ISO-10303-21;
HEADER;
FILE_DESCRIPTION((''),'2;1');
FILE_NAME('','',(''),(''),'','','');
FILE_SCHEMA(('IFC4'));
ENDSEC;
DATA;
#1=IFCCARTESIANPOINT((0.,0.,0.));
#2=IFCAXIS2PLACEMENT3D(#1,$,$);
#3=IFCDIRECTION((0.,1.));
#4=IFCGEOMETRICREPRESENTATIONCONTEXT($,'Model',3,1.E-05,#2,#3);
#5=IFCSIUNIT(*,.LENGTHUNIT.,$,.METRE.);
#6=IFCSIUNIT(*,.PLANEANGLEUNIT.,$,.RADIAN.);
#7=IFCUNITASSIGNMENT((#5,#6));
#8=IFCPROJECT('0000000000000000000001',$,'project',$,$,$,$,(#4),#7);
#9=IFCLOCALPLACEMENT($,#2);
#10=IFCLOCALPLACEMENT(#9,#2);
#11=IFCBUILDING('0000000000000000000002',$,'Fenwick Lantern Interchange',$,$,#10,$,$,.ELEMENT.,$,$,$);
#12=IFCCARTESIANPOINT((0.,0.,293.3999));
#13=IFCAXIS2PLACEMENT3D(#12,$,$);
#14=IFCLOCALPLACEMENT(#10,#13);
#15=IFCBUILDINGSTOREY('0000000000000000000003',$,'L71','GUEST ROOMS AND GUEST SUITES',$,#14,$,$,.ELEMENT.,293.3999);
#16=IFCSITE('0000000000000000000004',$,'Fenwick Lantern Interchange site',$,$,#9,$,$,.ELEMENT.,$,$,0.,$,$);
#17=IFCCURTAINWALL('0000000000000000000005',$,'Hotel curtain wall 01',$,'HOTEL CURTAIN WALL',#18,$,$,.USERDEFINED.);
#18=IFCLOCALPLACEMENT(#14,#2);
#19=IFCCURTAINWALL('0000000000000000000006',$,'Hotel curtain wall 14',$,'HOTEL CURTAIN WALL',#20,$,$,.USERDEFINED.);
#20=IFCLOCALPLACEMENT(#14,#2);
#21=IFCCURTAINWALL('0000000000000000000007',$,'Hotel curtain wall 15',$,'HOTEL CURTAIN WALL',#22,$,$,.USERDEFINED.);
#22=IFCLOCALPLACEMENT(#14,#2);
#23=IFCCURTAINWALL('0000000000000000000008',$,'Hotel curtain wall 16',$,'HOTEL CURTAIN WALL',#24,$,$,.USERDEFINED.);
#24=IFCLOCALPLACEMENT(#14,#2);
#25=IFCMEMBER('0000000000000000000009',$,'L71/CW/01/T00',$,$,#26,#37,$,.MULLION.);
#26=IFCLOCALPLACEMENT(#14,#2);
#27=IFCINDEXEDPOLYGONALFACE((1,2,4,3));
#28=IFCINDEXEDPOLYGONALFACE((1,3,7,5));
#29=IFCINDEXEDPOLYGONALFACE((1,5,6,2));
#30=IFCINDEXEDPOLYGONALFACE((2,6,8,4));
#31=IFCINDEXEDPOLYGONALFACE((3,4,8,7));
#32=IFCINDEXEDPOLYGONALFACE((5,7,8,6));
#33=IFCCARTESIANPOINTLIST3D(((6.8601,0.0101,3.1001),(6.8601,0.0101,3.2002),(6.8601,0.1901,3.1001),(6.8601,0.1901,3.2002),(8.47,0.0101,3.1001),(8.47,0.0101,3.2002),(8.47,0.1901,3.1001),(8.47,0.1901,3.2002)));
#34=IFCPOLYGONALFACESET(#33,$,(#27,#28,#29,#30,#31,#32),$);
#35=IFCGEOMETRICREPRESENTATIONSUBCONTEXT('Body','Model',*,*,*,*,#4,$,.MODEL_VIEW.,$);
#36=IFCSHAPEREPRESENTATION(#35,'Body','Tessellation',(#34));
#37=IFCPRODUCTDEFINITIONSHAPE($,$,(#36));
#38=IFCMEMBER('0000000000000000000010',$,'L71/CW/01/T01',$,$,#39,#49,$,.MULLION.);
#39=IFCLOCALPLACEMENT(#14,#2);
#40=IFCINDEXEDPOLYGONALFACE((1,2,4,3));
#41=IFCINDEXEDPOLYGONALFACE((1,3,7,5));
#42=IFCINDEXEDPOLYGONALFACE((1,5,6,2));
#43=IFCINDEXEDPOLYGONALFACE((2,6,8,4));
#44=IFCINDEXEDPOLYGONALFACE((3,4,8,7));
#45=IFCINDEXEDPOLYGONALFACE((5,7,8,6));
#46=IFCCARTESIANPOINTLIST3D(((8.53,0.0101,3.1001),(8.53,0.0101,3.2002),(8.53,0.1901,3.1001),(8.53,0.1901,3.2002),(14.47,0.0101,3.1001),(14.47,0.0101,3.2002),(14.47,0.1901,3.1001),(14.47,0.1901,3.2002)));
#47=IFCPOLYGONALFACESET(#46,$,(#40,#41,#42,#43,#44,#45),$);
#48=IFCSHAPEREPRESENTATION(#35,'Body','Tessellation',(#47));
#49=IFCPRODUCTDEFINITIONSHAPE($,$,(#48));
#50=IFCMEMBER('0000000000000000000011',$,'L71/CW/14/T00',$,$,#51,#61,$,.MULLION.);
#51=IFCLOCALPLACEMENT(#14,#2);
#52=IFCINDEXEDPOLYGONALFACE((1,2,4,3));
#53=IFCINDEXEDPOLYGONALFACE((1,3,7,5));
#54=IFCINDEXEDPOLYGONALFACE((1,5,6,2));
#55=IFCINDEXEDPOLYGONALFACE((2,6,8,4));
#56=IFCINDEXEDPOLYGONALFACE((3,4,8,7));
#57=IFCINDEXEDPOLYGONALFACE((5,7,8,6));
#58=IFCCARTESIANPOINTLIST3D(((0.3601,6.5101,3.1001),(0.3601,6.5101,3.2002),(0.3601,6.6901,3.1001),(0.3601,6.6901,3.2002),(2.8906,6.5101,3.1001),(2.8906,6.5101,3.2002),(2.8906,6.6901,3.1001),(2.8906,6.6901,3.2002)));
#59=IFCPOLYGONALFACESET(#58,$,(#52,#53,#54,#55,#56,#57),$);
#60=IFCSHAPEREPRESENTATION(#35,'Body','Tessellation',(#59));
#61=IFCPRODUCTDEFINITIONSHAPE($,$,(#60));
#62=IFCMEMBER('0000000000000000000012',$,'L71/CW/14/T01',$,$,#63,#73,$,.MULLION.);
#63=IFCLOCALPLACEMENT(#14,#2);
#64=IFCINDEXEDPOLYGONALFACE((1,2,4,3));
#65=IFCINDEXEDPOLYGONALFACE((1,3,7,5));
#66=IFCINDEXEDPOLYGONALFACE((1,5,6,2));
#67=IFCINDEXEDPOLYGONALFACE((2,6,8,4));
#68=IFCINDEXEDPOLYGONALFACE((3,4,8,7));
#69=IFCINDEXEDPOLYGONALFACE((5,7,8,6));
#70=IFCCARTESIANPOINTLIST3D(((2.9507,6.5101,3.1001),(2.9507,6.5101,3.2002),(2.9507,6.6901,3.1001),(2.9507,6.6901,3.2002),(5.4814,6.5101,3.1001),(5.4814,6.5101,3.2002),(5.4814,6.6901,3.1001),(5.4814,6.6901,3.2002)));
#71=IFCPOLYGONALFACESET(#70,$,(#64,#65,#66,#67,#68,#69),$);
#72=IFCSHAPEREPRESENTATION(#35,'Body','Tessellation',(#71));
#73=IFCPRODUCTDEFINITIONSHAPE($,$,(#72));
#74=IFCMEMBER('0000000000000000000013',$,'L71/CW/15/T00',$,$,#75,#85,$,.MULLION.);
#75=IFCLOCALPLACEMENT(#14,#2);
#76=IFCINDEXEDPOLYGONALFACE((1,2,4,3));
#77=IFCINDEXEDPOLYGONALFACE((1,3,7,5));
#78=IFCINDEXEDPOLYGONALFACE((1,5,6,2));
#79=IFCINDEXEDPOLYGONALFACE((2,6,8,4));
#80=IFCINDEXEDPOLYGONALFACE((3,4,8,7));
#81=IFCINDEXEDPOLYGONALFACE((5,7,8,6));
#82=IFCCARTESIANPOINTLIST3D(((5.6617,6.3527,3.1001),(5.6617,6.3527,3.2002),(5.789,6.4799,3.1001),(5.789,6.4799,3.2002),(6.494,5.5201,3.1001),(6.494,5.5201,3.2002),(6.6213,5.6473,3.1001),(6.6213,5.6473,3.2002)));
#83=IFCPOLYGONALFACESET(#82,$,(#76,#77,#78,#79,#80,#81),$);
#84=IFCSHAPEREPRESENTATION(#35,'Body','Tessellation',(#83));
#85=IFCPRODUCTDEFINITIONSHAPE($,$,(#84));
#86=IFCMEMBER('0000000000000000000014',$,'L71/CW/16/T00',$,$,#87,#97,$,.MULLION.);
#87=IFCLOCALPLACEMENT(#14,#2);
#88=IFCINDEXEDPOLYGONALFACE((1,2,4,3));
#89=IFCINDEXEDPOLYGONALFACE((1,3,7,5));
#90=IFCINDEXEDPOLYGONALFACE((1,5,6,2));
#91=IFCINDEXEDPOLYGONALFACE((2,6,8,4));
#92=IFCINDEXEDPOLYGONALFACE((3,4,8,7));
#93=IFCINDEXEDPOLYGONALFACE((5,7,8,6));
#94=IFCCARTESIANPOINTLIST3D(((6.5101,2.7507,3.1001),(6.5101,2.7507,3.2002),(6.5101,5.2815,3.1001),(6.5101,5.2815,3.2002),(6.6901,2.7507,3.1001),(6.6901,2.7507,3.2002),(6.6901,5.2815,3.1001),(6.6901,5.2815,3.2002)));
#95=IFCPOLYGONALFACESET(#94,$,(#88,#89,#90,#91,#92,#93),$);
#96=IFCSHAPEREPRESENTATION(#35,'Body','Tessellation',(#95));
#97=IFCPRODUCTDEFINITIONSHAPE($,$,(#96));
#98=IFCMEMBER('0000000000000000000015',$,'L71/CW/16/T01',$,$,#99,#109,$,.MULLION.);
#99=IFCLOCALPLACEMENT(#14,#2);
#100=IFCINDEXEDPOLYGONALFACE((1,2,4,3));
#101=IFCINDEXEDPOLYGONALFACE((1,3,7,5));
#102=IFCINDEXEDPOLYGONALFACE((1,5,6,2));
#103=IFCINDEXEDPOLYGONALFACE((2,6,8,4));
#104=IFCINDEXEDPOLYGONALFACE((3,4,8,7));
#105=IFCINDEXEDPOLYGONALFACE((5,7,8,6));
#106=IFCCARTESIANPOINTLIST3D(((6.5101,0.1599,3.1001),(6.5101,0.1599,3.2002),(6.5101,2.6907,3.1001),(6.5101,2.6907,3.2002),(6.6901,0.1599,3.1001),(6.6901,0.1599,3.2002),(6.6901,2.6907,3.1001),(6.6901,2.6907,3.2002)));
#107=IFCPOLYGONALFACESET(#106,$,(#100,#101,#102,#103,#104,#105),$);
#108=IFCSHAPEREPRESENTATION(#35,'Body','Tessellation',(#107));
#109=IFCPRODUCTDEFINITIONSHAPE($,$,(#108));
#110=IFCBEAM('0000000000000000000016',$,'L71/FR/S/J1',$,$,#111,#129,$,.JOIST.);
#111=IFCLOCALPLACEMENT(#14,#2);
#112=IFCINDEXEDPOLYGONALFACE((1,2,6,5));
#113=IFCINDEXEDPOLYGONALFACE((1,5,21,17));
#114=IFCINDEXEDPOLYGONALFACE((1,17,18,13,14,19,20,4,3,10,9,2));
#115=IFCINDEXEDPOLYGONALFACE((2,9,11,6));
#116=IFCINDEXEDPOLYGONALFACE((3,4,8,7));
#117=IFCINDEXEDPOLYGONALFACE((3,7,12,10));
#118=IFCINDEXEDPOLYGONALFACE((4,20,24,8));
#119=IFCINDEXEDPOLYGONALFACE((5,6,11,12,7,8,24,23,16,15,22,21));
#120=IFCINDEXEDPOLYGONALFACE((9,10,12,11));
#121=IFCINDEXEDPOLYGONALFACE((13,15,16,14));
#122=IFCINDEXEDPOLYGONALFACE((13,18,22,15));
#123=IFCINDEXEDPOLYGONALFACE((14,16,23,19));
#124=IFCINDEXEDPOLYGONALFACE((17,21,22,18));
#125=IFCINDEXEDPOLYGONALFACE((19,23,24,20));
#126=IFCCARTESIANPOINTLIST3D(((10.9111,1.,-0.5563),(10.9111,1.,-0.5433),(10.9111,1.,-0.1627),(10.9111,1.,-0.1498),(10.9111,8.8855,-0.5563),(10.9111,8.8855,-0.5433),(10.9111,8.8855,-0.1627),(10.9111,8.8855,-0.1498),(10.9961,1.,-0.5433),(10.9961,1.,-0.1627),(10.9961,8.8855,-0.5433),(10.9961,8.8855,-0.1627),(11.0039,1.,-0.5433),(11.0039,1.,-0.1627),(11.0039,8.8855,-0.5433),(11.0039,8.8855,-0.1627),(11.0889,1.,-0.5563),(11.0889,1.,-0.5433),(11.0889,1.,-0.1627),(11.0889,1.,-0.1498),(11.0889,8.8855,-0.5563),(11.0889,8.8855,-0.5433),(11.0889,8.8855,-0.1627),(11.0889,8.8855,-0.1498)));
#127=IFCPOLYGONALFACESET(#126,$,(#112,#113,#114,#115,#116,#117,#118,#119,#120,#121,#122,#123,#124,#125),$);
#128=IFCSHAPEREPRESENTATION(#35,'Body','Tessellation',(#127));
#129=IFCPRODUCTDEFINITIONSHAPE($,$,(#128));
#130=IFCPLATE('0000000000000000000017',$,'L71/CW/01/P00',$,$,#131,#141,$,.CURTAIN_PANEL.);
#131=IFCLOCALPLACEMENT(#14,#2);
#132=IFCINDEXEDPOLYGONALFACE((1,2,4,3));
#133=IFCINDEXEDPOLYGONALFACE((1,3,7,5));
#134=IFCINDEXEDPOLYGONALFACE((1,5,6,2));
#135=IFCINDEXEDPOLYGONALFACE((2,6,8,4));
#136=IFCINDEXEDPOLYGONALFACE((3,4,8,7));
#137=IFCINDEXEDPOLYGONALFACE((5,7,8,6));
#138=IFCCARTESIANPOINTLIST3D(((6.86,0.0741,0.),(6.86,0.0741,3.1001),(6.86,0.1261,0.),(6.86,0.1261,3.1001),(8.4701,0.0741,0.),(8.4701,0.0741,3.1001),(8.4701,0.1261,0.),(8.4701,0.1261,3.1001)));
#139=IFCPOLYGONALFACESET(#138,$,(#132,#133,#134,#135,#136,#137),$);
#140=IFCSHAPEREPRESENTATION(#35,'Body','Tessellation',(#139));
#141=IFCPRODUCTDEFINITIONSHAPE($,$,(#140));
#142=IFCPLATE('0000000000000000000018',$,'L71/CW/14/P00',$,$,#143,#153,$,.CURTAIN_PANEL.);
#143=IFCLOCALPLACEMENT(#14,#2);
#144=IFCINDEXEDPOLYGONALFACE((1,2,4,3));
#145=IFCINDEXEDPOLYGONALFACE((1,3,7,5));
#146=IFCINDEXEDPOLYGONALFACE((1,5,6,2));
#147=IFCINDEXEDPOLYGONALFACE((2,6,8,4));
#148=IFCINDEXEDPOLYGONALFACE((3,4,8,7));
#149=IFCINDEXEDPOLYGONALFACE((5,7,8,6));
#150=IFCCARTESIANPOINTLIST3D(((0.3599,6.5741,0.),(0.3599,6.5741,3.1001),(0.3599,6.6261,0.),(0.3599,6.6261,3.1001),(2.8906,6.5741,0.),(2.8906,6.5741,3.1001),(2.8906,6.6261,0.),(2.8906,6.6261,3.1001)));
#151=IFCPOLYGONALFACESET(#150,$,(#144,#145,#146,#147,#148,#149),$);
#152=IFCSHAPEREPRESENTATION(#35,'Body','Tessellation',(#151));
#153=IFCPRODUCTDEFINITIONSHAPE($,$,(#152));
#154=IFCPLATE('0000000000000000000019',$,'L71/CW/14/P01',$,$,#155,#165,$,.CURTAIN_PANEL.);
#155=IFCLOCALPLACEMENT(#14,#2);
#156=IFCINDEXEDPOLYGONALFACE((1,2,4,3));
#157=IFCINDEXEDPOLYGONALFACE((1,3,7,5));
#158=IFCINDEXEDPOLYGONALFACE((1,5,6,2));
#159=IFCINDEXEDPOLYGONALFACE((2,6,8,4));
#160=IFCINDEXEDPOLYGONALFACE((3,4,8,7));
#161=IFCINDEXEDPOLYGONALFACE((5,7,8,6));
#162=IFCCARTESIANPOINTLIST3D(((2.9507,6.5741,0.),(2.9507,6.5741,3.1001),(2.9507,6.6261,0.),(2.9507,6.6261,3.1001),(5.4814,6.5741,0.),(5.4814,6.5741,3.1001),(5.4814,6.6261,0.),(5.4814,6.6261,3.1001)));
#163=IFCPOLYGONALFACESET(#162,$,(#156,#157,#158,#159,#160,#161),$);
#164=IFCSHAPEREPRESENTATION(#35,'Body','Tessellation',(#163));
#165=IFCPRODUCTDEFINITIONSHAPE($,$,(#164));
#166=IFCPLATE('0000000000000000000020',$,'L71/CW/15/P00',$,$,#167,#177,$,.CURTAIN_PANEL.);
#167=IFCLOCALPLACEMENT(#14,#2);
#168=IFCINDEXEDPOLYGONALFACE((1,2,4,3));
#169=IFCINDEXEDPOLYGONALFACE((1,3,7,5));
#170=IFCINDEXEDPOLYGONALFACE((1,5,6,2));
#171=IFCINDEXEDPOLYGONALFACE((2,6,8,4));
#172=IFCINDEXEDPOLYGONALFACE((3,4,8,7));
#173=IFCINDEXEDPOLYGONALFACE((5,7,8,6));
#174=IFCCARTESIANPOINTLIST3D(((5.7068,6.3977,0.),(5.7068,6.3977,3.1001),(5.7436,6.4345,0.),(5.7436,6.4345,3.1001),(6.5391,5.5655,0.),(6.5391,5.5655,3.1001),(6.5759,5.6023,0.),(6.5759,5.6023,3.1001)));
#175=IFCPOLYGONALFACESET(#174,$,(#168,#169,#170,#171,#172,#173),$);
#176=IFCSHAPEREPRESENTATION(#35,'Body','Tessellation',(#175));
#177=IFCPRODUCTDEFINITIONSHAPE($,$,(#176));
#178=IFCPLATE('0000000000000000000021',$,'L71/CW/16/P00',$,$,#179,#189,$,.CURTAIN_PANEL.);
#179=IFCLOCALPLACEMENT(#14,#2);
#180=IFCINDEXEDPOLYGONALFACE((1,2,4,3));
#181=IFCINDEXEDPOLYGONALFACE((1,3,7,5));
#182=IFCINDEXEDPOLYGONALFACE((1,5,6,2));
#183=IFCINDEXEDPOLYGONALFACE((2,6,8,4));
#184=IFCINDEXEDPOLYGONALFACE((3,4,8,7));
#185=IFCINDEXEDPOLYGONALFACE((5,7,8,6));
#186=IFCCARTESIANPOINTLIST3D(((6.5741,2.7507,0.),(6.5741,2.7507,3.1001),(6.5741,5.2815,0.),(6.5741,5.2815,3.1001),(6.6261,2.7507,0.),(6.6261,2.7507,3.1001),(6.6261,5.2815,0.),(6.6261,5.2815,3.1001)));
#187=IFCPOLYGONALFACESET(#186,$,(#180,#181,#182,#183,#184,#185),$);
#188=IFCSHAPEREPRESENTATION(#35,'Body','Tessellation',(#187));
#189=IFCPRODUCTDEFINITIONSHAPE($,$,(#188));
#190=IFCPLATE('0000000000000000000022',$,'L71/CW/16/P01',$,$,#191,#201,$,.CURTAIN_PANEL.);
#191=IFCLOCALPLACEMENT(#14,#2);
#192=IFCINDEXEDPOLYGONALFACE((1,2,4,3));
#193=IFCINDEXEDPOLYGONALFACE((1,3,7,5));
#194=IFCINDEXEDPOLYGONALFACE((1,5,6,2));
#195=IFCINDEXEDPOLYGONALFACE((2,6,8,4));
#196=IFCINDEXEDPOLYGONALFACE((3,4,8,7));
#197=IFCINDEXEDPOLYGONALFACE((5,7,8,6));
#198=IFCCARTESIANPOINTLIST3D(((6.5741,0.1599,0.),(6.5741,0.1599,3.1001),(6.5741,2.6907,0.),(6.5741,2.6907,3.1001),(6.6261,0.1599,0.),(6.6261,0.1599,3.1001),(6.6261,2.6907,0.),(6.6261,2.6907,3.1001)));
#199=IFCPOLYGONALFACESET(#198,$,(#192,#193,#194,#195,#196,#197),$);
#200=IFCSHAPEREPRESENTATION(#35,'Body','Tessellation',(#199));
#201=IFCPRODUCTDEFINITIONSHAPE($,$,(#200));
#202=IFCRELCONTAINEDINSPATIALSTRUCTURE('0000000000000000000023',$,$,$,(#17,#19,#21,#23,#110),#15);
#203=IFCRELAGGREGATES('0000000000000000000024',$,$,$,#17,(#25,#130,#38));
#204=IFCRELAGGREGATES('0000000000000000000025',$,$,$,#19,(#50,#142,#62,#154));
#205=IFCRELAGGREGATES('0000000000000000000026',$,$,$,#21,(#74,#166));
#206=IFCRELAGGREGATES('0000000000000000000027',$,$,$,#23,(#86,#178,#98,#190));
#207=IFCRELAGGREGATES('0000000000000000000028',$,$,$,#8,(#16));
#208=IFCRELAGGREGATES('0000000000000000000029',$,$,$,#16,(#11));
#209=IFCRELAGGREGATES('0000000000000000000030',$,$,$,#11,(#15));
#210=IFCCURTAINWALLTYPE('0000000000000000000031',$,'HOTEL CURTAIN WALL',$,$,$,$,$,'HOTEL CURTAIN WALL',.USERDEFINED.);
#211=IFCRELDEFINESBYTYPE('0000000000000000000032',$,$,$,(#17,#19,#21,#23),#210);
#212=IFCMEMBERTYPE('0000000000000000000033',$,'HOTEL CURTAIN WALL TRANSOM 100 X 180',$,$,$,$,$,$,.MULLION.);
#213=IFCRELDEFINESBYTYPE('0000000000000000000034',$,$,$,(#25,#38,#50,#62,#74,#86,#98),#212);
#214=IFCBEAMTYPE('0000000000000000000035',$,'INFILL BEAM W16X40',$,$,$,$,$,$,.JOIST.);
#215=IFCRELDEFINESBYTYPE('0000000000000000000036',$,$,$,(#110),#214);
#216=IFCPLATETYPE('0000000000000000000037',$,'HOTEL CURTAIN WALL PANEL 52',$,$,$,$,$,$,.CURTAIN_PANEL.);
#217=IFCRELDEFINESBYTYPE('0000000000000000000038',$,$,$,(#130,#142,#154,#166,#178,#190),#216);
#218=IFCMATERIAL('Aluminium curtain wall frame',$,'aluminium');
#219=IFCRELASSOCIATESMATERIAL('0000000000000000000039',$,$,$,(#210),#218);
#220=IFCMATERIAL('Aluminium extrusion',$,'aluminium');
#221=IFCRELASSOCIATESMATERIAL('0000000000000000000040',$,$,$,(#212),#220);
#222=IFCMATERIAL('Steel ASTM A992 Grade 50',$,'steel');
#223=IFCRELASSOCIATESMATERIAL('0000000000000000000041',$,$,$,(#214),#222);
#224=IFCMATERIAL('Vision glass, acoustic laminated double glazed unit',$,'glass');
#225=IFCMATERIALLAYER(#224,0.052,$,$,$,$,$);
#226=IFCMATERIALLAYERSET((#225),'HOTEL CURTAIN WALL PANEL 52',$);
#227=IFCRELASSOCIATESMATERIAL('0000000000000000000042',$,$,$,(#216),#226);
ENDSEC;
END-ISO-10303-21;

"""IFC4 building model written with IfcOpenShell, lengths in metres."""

from ifc_helpers import new_model, si_unit, direction, frame, origin, origin_2d, place, context, subcontext, project, spatial, rectangle, i_section, extrude, material, layer, layer_set, material_profile, profile_set, type_object, element, aggregate, save


model = new_model("IFC4")

# Units and contexts
model_context = context("Model", 3, precision=1e-05, world=origin(), true_north=direction((0.0, 1.0)))
body_context = subcontext(model_context, "Body", "Model", "MODEL_VIEW")
ifc_project = project(units=[si_unit("LENGTHUNIT", "METRE"), si_unit("PLANEANGLEUNIT", "RADIAN")], contexts=[model_context])

# Site, building, storey
site_placement = place(None, origin())
site = spatial("IfcSite", under=ifc_project, at=site_placement, Name="Fenwick Lantern Interchange site", CompositionType="ELEMENT", RefElevation=0.0)
building_placement = place(site_placement, origin())
building = spatial("IfcBuilding", under=site, at=building_placement, Name="Fenwick Lantern Interchange", CompositionType="ELEMENT")
storey_placement = place(building_placement, frame((0.0, 0.0, 293.3999)))
storey = spatial("IfcBuildingStorey", under=building, at=storey_placement, Name="L71", Description="GUEST ROOMS AND GUEST SUITES", CompositionType="ELEMENT", Elevation=293.3999)

# Shared definitions
ifc_material_1 = material(Name="Steel ASTM A992 Grade 50", Category="steel")

# Curtain wall
ifc_material_2 = material(Name="Aluminium curtain wall frame", Category="aluminium")
curtain_wall_type = type_object("IfcCurtainWallType", Name="HOTEL CURTAIN WALL", ElementType="HOTEL CURTAIN WALL", PredefinedType="USERDEFINED", material=ifc_material_2)
curtain_wall_1_placement = place(storey_placement, origin())
curtain_wall_1 = element("IfcCurtainWall", 1, at=curtain_wall_1_placement, inside=storey, type_object=curtain_wall_type, Name="Hotel curtain wall 01", ObjectType="HOTEL CURTAIN WALL", PredefinedType="USERDEFINED")
ifc_material_3 = material(Name="Aluminium extrusion", Category="aluminium")

# Curtain walls
curtain_wall_2_placement = place(storey_placement, origin())
curtain_wall_2 = element("IfcCurtainWall", 2, at=curtain_wall_2_placement, inside=storey, type_object=curtain_wall_type, Name="Hotel curtain wall 14", ObjectType="HOTEL CURTAIN WALL", PredefinedType="USERDEFINED")
curtain_wall_3_placement = place(storey_placement, origin())
curtain_wall_3 = element("IfcCurtainWall", 3, at=curtain_wall_3_placement, inside=storey, type_object=curtain_wall_type, Name="Hotel curtain wall 15", ObjectType="HOTEL CURTAIN WALL", PredefinedType="USERDEFINED")
curtain_wall_4_placement = place(storey_placement, origin())
curtain_wall_4 = element("IfcCurtainWall", 4, at=curtain_wall_4_placement, inside=storey, type_object=curtain_wall_type, Name="Hotel curtain wall 16", ObjectType="HOTEL CURTAIN WALL", PredefinedType="USERDEFINED")

# Members
ifc_material_profile_1 = material_profile(ifc_material_3, rectangle(XDim=0.1799, YDim=0.1001, at=origin_2d()), Name="HOTEL CURTAIN WALL TRANSOM 100 X 180")
ifc_profile_set_1 = profile_set([ifc_material_profile_1], Name="Aluminium extrusion")
member_type_1 = type_object("IfcMemberType", Name="HOTEL CURTAIN WALL TRANSOM 100 X 180", PredefinedType="MULLION", material=ifc_profile_set_1)
member_1_placement = place(storey_placement, frame((6.8601, 0.1001, 3.1501), z_axis=(1.0, 0.0, 0.0), x_axis=(0.0, 1.0, 0.0)))
member_1 = element("IfcMember", 5, at=member_1_placement, type_object=member_type_1, Name="L71/CW/01/T00", PredefinedType="MULLION", context=body_context, shape_type="SweptSolid", body=[
    extrude(rectangle(XDim=0.1799, YDim=0.1001, at=origin_2d()), origin(), (0.0, 0.0, 1.0), 1.6099),
])
member_2_placement = place(storey_placement, frame((8.53, 0.1001, 3.1501), z_axis=(1.0, 0.0, 0.0), x_axis=(0.0, 1.0, 0.0)))
member_2 = element("IfcMember", 6, at=member_2_placement, type_object=member_type_1, Name="L71/CW/01/T01", PredefinedType="MULLION", context=body_context, shape_type="SweptSolid", body=[
    extrude(rectangle(XDim=0.1799, YDim=0.1001, at=origin_2d()), origin(), (0.0, 0.0, 1.0), 5.9399),
])
member_3_placement = place(storey_placement, frame((0.3601, 6.6001, 3.1501), z_axis=(1.0, 0.0, 0.0), x_axis=(0.0, 1.0, 0.0)))
member_3 = element("IfcMember", 7, at=member_3_placement, type_object=member_type_1, Name="L71/CW/14/T00", PredefinedType="MULLION", context=body_context, shape_type="SweptSolid", body=[
    extrude(rectangle(XDim=0.1799, YDim=0.1001, at=origin_2d()), origin(), (0.0, 0.0, 1.0), 2.5305),
])
member_4_placement = place(storey_placement, frame((2.9507, 6.6001, 3.1501), z_axis=(1.0, 0.0, 0.0), x_axis=(0.0, 1.0, 0.0)))
member_4 = element("IfcMember", 8, at=member_4_placement, type_object=member_type_1, Name="L71/CW/14/T01", PredefinedType="MULLION", context=body_context, shape_type="SweptSolid", body=[
    extrude(rectangle(XDim=0.1799, YDim=0.1001, at=origin_2d()), origin(), (0.0, 0.0, 1.0), 2.5308),
])
member_5_placement = place(storey_placement, frame((5.7253, 6.4163, 3.1501), z_axis=(0.707003, -0.70721, 0.0), x_axis=(0.70721, 0.707003, 0.0)))
member_5 = element("IfcMember", 9, at=member_5_placement, type_object=member_type_1, Name="L71/CW/15/T00", PredefinedType="MULLION", context=body_context, shape_type="SweptSolid", body=[
    extrude(rectangle(XDim=0.1799, YDim=0.1001, at=origin_2d()), origin(), (0.0, 0.0, 1.0), 1.1772),
])
member_6_placement = place(storey_placement, frame((6.6001, 5.2815, 3.1501), z_axis=(0.0, -1.0, 0.0), x_axis=(1.0, 0.0, 0.0)))
member_6 = element("IfcMember", 10, at=member_6_placement, type_object=member_type_1, Name="L71/CW/16/T00", PredefinedType="MULLION", context=body_context, shape_type="SweptSolid", body=[
    extrude(rectangle(XDim=0.1799, YDim=0.1001, at=origin_2d()), origin(), (0.0, 0.0, 1.0), 2.5308),
])
member_7_placement = place(storey_placement, frame((6.6001, 2.6907, 3.1501), z_axis=(0.0, -1.0, 0.0), x_axis=(1.0, 0.0, 0.0)))
member_7 = element("IfcMember", 11, at=member_7_placement, type_object=member_type_1, Name="L71/CW/16/T01", PredefinedType="MULLION", context=body_context, shape_type="SweptSolid", body=[
    extrude(rectangle(XDim=0.1799, YDim=0.1001, at=origin_2d()), origin(), (0.0, 0.0, 1.0), 2.5308),
])

# Beam
ifc_material_profile_2 = material_profile(ifc_material_1, i_section(OverallWidth=0.1777, OverallDepth=0.4065, WebThickness=0.0078, FlangeThickness=0.0129, at=origin_2d()), Name="W16X40")
ifc_profile_set_2 = profile_set([ifc_material_profile_2], Name="Steel ASTM A992 Grade 50")
beam_type_1 = type_object("IfcBeamType", Name="INFILL BEAM W16X40", PredefinedType="JOIST", material=ifc_profile_set_2)
beam_1_placement = place(storey_placement, frame((11.0, 1.0, -0.353), z_axis=(0.0, 1.0, 0.0), x_axis=(-1.0, 0.0, 0.0)))
element("IfcBeam", 12, at=beam_1_placement, inside=storey, type_object=beam_type_1, Name="L71/FR/S/J1", PredefinedType="JOIST", context=body_context, shape_type="SweptSolid", body=[
    extrude(i_section(OverallWidth=0.1777, OverallDepth=0.4065, WebThickness=0.0078, FlangeThickness=0.0129, at=origin_2d()), origin(), (0.0, 0.0, 1.0), 7.8855),
])

# Plates
ifc_material_4 = material(Name="Vision glass, acoustic laminated double glazed unit", Category="glass")
ifc_layer_1 = layer(ifc_material_4, 0.052)
ifc_layer_set_1 = layer_set([ifc_layer_1], Name="HOTEL CURTAIN WALL PANEL 52")
plate_type = type_object("IfcPlateType", Name="HOTEL CURTAIN WALL PANEL 52", PredefinedType="CURTAIN_PANEL", material=ifc_layer_set_1)
plate_1_placement = place(storey_placement, frame((7.665, 0.1001, 0.0), z_axis=(0.0, 0.0, 1.0), x_axis=(1.0, 0.0, 0.0)))
plate_1 = element("IfcPlate", 13, at=plate_1_placement, type_object=plate_type, Name="L71/CW/01/P00", PredefinedType="CURTAIN_PANEL", context=body_context, shape_type="SweptSolid", body=[
    extrude(rectangle(XDim=1.6101, YDim=0.052, at=origin_2d()), origin(), (0.0, 0.0, 1.0), 3.1001),
])
aggregate(curtain_wall_1, [member_1, plate_1, member_2])
plate_2_placement = place(storey_placement, frame((1.6252, 6.6001, 0.0), z_axis=(0.0, 0.0, 1.0), x_axis=(1.0, 0.0, 0.0)))
plate_2 = element("IfcPlate", 14, at=plate_2_placement, type_object=plate_type, Name="L71/CW/14/P00", PredefinedType="CURTAIN_PANEL", context=body_context, shape_type="SweptSolid", body=[
    extrude(rectangle(XDim=2.5308, YDim=0.052, at=origin_2d()), origin(), (0.0, 0.0, 1.0), 3.1001),
])
plate_3_placement = place(storey_placement, frame((4.2161, 6.6001, 0.0), z_axis=(0.0, 0.0, 1.0), x_axis=(1.0, 0.0, 0.0)))
plate_3 = element("IfcPlate", 15, at=plate_3_placement, type_object=plate_type, Name="L71/CW/14/P01", PredefinedType="CURTAIN_PANEL", context=body_context, shape_type="SweptSolid", body=[
    extrude(rectangle(XDim=2.5308, YDim=0.052, at=origin_2d()), origin(), (0.0, 0.0, 1.0), 3.1001),
])
aggregate(curtain_wall_2, [member_3, plate_2, member_4, plate_3])
plate_4_placement = place(storey_placement, frame((6.1414, 6.0, 0.0), z_axis=(0.0, 0.0, 1.0), x_axis=(0.707107, -0.707107, 0.0)))
plate_4 = element("IfcPlate", 16, at=plate_4_placement, type_object=plate_type, Name="L71/CW/15/P00", PredefinedType="CURTAIN_PANEL", context=body_context, shape_type="SweptSolid", body=[
    extrude(rectangle(XDim=1.177, YDim=0.052, at=origin_2d()), origin(), (0.0, 0.0, 1.0), 3.1001),
])
aggregate(curtain_wall_3, [member_5, plate_4])
plate_5_placement = place(storey_placement, frame((6.6001, 4.0161, 0.0), z_axis=(0.0, 0.0, 1.0), x_axis=(0.0, -1.0, 0.0)))
plate_5 = element("IfcPlate", 17, at=plate_5_placement, type_object=plate_type, Name="L71/CW/16/P00", PredefinedType="CURTAIN_PANEL", context=body_context, shape_type="SweptSolid", body=[
    extrude(rectangle(XDim=2.5308, YDim=0.052, at=origin_2d()), origin(), (0.0, 0.0, 1.0), 3.1001),
])
plate_6_placement = place(storey_placement, frame((6.6001, 1.4253, 0.0), z_axis=(0.0, 0.0, 1.0), x_axis=(0.0, -1.0, 0.0)))
plate_6 = element("IfcPlate", 18, at=plate_6_placement, type_object=plate_type, Name="L71/CW/16/P01", PredefinedType="CURTAIN_PANEL", context=body_context, shape_type="SweptSolid", body=[
    extrude(rectangle(XDim=2.5308, YDim=0.052, at=origin_2d()), origin(), (0.0, 0.0, 1.0), 3.1001),
])
aggregate(curtain_wall_4, [member_6, plate_5, member_7, plate_6])

save(model, "model.ifc")
